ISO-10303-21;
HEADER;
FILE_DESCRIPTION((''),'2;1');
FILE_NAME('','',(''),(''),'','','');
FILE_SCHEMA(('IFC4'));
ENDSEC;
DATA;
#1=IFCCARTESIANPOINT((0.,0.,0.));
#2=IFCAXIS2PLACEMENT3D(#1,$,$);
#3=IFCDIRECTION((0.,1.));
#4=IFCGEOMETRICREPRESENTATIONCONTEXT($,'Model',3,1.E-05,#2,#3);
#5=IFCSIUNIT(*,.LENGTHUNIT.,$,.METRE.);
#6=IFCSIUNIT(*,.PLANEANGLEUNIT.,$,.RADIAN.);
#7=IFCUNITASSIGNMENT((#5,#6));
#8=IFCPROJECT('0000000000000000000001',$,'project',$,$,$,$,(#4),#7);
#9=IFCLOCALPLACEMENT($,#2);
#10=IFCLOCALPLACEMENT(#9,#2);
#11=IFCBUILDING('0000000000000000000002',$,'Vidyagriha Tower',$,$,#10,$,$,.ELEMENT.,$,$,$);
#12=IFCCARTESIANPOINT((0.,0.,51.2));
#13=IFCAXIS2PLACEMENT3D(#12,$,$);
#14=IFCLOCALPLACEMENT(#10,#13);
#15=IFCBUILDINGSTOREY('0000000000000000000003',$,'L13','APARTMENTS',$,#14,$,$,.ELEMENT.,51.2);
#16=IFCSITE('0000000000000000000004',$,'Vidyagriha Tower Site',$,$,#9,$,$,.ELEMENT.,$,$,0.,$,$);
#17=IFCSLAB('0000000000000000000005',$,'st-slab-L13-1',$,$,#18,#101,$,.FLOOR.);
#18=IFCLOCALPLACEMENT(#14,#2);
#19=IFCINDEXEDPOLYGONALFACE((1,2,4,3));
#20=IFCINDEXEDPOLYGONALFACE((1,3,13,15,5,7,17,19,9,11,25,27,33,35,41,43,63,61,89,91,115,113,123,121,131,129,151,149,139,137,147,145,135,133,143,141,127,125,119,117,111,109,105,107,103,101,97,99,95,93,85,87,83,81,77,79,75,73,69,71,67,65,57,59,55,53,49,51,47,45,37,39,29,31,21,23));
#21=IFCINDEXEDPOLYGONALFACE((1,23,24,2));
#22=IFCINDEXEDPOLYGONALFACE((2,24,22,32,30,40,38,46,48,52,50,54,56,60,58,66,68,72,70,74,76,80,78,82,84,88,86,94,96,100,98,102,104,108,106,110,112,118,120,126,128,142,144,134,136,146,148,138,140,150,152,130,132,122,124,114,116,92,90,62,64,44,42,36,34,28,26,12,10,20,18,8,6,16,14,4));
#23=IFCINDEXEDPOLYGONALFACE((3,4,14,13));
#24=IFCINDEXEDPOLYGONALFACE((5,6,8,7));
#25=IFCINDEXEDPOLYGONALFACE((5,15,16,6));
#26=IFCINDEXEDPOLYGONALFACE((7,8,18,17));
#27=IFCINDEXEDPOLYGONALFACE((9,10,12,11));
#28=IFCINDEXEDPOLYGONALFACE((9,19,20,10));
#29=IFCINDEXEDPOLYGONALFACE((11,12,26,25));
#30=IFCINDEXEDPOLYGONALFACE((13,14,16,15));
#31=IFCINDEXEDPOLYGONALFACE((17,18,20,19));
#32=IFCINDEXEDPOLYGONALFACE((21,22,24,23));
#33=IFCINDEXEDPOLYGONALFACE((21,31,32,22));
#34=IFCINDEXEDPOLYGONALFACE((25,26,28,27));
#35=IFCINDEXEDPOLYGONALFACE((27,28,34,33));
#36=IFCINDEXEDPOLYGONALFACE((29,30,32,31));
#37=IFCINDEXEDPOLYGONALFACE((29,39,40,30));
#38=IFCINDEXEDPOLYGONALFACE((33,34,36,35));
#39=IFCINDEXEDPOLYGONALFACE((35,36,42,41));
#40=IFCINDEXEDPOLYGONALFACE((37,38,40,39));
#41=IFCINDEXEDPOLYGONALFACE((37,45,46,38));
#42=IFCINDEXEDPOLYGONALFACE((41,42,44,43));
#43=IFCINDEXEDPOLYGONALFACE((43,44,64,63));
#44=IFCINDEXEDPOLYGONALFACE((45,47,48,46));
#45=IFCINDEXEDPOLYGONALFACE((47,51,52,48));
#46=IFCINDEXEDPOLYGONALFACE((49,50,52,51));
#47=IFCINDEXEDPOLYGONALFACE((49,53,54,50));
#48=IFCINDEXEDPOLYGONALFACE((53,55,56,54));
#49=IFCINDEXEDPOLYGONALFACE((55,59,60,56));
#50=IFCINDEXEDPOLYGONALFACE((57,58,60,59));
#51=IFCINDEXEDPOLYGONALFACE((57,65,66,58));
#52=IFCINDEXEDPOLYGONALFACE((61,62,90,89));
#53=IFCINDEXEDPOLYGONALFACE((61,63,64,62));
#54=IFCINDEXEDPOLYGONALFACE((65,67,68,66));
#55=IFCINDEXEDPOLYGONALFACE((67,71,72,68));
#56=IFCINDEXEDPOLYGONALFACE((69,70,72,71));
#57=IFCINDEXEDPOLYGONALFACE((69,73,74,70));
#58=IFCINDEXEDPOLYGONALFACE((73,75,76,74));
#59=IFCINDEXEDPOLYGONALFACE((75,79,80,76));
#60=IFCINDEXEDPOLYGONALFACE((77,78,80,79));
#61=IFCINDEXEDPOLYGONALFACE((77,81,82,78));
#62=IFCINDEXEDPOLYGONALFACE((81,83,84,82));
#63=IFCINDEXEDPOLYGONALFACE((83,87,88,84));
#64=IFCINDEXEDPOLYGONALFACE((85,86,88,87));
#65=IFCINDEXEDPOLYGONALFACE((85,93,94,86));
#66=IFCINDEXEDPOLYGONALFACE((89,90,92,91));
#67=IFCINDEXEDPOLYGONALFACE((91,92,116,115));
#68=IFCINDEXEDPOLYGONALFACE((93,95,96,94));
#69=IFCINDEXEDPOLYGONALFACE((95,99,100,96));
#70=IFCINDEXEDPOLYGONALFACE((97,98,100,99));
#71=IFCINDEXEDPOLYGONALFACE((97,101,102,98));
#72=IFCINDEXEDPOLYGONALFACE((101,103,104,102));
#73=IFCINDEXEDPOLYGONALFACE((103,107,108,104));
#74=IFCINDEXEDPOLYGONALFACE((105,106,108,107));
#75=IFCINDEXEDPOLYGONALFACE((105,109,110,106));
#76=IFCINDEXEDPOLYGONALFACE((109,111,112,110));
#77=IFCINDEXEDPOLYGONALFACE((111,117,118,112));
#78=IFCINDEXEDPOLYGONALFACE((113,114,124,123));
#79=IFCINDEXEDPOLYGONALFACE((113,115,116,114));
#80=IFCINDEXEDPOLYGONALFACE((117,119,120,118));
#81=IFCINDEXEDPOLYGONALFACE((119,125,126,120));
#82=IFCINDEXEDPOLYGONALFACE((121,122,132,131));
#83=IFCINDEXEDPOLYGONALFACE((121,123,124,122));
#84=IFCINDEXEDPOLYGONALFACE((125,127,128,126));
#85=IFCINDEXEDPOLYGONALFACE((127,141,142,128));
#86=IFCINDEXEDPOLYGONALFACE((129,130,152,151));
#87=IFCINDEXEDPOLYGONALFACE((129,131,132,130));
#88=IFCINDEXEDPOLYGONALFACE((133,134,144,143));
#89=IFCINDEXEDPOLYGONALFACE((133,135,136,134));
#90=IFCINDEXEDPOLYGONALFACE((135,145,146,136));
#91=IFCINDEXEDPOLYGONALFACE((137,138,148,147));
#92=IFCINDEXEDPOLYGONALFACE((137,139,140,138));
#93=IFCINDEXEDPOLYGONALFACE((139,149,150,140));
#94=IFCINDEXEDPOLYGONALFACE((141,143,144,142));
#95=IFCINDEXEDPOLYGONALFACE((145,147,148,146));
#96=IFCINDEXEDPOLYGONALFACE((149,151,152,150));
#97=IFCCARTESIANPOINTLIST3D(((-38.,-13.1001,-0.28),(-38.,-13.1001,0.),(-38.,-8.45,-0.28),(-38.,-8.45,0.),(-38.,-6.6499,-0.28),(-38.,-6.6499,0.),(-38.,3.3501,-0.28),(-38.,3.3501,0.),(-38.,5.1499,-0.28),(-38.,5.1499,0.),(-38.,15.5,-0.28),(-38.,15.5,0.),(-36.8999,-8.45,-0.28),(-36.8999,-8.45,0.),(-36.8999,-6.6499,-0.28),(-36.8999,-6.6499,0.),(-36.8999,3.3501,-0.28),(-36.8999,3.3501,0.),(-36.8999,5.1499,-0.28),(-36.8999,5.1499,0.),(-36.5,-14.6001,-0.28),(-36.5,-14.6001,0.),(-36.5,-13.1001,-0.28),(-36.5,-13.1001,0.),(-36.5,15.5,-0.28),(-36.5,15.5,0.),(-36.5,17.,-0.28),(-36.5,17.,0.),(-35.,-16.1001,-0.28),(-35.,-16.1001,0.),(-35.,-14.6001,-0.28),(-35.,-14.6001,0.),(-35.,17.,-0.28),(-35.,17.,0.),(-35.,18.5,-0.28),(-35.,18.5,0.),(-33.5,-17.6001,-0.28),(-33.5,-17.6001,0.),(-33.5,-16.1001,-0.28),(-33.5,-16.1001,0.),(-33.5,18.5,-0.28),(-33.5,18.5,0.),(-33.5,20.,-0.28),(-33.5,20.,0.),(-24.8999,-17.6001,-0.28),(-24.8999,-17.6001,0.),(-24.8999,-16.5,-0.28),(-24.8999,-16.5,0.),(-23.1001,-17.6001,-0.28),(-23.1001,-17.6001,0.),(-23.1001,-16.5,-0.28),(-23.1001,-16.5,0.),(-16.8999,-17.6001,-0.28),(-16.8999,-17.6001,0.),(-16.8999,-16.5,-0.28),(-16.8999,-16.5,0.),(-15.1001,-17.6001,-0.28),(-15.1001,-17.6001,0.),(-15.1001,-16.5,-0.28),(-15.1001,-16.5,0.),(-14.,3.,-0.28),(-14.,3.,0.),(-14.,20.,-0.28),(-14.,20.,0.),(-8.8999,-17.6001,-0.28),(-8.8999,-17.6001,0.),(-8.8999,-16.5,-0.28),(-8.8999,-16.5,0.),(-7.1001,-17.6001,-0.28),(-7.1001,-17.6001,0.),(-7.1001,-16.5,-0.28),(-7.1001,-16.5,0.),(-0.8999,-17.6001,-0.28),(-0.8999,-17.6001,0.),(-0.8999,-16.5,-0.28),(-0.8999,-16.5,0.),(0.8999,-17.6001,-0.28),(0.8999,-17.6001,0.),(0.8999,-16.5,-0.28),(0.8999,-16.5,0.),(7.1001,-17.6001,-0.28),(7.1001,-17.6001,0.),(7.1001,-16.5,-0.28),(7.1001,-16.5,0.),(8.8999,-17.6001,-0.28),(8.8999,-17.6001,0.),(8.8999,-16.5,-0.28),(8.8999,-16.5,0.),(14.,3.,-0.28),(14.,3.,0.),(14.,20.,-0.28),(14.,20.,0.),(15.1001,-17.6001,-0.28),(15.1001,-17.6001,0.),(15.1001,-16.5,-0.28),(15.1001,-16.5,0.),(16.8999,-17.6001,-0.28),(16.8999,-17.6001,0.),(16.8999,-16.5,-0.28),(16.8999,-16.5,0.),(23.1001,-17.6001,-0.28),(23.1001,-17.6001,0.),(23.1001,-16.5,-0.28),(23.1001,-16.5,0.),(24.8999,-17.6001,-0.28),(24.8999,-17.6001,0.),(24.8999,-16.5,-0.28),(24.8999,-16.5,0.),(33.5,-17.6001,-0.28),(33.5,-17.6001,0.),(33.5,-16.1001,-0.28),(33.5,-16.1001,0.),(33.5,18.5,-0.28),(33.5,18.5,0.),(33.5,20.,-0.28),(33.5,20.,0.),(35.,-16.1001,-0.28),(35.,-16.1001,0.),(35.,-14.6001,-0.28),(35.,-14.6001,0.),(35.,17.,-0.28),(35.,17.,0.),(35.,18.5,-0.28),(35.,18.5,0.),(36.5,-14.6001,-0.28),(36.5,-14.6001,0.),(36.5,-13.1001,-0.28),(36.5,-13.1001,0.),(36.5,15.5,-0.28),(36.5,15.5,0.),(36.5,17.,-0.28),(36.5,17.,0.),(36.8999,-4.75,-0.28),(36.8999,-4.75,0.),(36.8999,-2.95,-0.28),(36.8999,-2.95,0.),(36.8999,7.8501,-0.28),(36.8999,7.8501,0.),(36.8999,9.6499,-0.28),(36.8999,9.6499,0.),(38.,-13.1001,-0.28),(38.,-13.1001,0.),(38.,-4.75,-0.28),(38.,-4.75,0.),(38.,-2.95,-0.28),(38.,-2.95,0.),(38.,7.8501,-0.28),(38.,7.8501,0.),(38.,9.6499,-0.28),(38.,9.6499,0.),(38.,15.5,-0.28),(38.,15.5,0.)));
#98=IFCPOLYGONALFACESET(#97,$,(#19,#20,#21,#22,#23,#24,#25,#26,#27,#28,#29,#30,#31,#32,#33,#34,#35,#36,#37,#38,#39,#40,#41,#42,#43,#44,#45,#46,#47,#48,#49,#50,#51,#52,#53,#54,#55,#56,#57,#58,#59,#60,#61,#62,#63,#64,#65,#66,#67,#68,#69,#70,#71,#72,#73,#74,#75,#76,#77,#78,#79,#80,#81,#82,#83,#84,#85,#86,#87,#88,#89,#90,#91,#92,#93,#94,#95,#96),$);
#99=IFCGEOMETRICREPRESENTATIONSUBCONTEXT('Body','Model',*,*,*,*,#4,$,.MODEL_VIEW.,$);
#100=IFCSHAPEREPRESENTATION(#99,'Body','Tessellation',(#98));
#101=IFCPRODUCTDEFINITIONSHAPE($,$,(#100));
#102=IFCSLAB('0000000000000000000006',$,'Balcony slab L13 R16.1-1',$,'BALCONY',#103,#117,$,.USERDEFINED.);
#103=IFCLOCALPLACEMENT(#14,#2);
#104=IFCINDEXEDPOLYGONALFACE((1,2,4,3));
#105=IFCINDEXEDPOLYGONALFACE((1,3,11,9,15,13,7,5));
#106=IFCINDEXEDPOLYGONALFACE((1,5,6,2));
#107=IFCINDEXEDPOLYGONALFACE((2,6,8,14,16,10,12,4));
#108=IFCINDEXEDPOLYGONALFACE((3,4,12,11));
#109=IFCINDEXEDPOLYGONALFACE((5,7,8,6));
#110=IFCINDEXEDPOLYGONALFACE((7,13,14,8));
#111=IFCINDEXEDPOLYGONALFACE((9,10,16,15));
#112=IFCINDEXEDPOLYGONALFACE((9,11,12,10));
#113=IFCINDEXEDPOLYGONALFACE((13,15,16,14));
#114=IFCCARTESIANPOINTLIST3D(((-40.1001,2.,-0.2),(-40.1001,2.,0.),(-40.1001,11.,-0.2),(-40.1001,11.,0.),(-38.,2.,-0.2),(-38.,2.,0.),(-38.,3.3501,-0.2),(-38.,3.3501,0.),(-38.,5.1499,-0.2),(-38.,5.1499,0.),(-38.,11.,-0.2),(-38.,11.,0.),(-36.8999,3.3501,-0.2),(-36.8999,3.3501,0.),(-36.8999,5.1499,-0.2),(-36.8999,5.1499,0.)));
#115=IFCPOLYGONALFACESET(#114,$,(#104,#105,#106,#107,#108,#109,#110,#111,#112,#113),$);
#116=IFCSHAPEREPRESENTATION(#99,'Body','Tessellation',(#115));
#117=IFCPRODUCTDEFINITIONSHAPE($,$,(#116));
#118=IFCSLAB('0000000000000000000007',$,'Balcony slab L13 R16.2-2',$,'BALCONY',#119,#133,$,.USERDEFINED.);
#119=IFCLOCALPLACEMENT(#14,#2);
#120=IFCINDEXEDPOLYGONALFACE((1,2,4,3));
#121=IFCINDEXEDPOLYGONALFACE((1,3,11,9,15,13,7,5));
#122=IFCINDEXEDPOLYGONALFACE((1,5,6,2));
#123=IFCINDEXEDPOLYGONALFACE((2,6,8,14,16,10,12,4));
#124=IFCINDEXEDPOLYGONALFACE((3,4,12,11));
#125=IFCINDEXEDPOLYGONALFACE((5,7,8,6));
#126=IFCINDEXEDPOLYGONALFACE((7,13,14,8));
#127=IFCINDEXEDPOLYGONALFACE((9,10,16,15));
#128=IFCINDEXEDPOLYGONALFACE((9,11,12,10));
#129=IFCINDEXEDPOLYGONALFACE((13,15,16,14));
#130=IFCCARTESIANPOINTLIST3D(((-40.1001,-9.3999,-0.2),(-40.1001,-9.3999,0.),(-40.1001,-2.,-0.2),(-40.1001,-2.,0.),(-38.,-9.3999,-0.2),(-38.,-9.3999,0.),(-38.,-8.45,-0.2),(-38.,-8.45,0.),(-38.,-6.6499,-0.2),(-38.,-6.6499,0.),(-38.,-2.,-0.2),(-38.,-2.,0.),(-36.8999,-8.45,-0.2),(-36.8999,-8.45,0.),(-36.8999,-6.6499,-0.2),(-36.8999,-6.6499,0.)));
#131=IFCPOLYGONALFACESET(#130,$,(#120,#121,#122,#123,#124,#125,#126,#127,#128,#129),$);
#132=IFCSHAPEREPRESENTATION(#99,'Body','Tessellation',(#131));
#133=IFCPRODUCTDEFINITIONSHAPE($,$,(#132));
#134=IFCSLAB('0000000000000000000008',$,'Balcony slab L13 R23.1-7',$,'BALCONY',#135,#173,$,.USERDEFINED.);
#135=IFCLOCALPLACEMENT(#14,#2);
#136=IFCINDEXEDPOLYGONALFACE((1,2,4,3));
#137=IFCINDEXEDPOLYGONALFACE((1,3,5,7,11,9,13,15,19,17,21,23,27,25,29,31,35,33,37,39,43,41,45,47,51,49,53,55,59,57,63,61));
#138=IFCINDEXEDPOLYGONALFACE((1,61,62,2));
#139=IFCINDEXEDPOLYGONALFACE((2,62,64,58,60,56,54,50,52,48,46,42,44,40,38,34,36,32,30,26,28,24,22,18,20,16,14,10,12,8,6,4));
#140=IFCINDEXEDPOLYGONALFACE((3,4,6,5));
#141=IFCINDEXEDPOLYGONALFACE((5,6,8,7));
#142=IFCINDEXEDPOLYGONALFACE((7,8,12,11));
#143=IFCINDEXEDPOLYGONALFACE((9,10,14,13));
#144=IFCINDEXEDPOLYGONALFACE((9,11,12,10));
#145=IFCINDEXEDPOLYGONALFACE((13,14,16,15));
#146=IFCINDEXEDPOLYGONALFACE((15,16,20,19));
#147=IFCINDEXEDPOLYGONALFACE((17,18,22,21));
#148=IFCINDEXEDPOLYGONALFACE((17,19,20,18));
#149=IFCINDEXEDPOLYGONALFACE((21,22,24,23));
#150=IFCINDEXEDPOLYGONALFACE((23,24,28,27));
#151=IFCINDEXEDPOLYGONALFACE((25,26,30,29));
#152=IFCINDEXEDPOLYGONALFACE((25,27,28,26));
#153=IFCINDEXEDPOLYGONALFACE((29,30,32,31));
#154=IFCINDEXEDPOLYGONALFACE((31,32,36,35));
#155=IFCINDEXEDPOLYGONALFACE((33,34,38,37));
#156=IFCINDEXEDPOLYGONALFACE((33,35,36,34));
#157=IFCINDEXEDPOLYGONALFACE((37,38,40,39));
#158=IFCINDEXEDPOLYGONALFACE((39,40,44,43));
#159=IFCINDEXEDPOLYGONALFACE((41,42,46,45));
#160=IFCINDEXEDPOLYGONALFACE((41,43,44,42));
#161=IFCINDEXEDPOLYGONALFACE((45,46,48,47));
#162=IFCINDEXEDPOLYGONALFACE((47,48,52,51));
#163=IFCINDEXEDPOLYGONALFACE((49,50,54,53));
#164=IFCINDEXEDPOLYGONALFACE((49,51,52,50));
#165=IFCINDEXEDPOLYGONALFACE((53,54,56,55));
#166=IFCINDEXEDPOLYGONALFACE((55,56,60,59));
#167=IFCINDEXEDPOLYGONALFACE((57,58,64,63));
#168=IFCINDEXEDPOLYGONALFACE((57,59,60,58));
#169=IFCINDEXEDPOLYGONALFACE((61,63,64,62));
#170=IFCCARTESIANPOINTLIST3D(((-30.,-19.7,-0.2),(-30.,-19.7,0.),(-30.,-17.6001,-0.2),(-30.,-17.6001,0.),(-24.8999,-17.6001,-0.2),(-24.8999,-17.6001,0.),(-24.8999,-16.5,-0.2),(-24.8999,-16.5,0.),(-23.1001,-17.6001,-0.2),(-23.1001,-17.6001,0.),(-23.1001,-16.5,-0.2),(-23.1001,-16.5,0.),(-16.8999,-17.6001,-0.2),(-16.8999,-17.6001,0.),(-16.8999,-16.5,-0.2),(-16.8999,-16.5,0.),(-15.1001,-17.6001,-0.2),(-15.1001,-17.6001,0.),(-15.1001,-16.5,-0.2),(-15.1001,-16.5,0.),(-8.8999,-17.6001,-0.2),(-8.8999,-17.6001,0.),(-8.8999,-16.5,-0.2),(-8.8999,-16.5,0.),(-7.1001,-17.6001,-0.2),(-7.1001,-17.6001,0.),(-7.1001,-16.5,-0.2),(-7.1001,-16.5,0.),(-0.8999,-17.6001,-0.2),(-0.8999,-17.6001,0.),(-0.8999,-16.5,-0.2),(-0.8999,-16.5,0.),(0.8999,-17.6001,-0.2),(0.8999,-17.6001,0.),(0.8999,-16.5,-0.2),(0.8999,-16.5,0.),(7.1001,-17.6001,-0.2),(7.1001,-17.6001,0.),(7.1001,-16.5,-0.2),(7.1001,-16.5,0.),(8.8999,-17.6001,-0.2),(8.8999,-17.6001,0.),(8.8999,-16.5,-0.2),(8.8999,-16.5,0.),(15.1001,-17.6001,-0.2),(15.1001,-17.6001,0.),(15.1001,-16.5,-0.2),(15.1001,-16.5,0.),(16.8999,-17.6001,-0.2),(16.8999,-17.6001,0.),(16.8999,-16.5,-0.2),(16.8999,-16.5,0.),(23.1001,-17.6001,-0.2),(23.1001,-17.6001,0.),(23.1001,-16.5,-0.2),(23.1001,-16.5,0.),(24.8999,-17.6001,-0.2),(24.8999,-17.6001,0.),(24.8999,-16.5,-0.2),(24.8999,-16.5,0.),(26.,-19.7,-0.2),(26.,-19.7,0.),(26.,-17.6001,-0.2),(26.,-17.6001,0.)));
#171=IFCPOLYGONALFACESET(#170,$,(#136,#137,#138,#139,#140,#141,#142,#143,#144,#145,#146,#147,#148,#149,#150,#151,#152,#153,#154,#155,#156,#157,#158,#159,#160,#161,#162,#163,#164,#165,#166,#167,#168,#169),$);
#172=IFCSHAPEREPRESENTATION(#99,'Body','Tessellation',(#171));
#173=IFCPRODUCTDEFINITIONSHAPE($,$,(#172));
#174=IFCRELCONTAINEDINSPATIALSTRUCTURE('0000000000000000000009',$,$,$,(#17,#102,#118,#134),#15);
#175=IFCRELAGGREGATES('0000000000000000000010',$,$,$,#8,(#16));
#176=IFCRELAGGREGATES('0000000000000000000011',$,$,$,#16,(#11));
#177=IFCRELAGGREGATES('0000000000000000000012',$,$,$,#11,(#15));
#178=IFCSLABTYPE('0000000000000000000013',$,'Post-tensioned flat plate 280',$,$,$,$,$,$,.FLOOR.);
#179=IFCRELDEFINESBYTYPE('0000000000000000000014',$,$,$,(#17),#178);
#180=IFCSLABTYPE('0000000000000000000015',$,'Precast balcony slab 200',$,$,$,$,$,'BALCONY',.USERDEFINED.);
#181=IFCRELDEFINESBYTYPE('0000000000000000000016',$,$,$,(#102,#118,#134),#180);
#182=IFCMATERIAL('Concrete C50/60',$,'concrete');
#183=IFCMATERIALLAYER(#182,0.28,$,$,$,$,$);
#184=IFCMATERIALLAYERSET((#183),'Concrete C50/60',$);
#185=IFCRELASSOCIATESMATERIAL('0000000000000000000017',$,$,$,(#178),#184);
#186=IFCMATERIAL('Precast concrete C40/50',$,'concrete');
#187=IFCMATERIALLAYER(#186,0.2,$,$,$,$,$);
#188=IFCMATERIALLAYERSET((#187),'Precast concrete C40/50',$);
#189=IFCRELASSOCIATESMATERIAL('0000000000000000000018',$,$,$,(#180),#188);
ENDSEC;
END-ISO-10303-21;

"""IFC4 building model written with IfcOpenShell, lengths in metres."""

from ifc_helpers import new_model, si_unit, direction, frame, origin, place, context, subcontext, project, spatial, polyline, outline, extrude, material, layer, layer_set, type_object, element, save


model = new_model("IFC4")

# Units and contexts
model_context = context("Model", 3, precision=1e-05, world=origin(), true_north=direction((0.0, 1.0)))
body_context = subcontext(model_context, "Body", "Model", "MODEL_VIEW")
ifc_project = project(units=[si_unit("LENGTHUNIT", "METRE"), si_unit("PLANEANGLEUNIT", "RADIAN")], contexts=[model_context])

# Site, building, storey
site_placement = place(None, origin())
site = spatial("IfcSite", under=ifc_project, at=site_placement, Name="Vidyagriha Tower Site", CompositionType="ELEMENT", RefElevation=0.0)
building_placement = place(site_placement, origin())
building = spatial("IfcBuilding", under=site, at=building_placement, Name="Vidyagriha Tower", CompositionType="ELEMENT")
storey_placement = place(building_placement, frame((0.0, 0.0, 51.2)))
storey = spatial("IfcBuildingStorey", under=building, at=storey_placement, Name="L13", Description="APARTMENTS", CompositionType="ELEMENT", Elevation=51.2)

# Slabs
ifc_material_1 = material(Name="Concrete C50/60", Category="concrete")
ifc_layer_1 = layer(ifc_material_1, 0.28)
ifc_layer_set_1 = layer_set([ifc_layer_1], Name="Concrete C50/60")
slab_type_1 = type_object("IfcSlabType", Name="Post-tensioned flat plate 280", PredefinedType="FLOOR", material=ifc_layer_set_1)
slab_1_placement = place(storey_placement, frame((0.0, 0.0, -0.28)))
element("IfcSlab", 1, at=slab_1_placement, inside=storey, type_object=slab_type_1, Name="st-slab-L13-1", PredefinedType="FLOOR", context=body_context, shape_type="SweptSolid", body=[
    extrude(outline(polyline([(36.5, -14.6001), (35.0, -14.6001), (35.0, -16.1001), (33.5, -16.1001), (33.5, -17.6001), (24.8999, -17.6001), (24.8999, -16.5), (23.1001, -16.5), (23.1001, -17.6001), (16.8999, -17.6001), (16.8999, -16.5), (15.1001, -16.5), (15.1001, -17.6001), (8.8999, -17.6001), (8.8999, -16.5), (7.1001, -16.5), (7.1001, -17.6001), (0.8999, -17.6001), (0.8999, -16.5), (-0.8999, -16.5), (-0.8999, -17.6001), (-7.1001, -17.6001), (-7.1001, -16.5), (-8.8999, -16.5), (-8.8999, -17.6001), (-15.1001, -17.6001), (-15.1001, -16.5), (-16.8999, -16.5), (-16.8999, -17.6001), (-23.1001, -17.6001), (-23.1001, -16.5), (-24.8999, -16.5), (-24.8999, -17.6001), (-33.5, -17.6001), (-33.5, -16.1001), (-35.0, -16.1001), (-35.0, -14.6001), (-36.5, -14.6001), (-36.5, -13.1001), (-38.0, -13.1001), (-38.0, -8.45), (-36.8999, -8.45), (-36.8999, -6.6499), (-38.0, -6.6499), (-38.0, 3.3501), (-36.8999, 3.3501), (-36.8999, 5.1499), (-38.0, 5.1499), (-38.0, 15.5), (-36.5, 15.5), (-36.5, 17.0), (-35.0, 17.0), (-35.0, 18.5), (-33.5, 18.5), (-33.5, 20.0), (-14.0, 20.0), (-14.0, 3.0), (14.0, 3.0), (14.0, 20.0), (33.5, 20.0), (33.5, 18.5), (35.0, 18.5), (35.0, 17.0), (36.5, 17.0), (36.5, 15.5), (38.0, 15.5), (38.0, 9.6499), (36.8999, 9.6499), (36.8999, 7.8501), (38.0, 7.8501), (38.0, -2.95), (36.8999, -2.95), (36.8999, -4.75), (38.0, -4.75), (38.0, -13.1001), (36.5, -13.1001), (36.5, -14.6001)])), origin(), (0.0, 0.0, 1.0), 0.28),
])
ifc_material_2 = material(Name="Precast concrete C40/50", Category="concrete")
ifc_layer_2 = layer(ifc_material_2, 0.2)
ifc_layer_set_2 = layer_set([ifc_layer_2], Name="Precast concrete C40/50")
slab_type_2 = type_object("IfcSlabType", Name="Precast balcony slab 200", ElementType="BALCONY", PredefinedType="USERDEFINED", material=ifc_layer_set_2)
slab_2_placement = place(storey_placement, frame((0.0, 0.0, -0.2)))
element("IfcSlab", 2, at=slab_2_placement, inside=storey, type_object=slab_type_2, Name="Balcony slab L13 R16.1-1", ObjectType="BALCONY", PredefinedType="USERDEFINED", context=body_context, shape_type="SweptSolid", body=[
    extrude(outline(polyline([(-36.8999, 3.3501), (-36.8999, 5.1499), (-38.0, 5.1499), (-38.0, 11.0), (-40.1001, 11.0), (-40.1001, 2.0), (-38.0, 2.0), (-38.0, 3.3501), (-36.8999, 3.3501)])), origin(), (0.0, 0.0, 1.0), 0.2),
])
slab_3_placement = place(storey_placement, frame((0.0, 0.0, -0.2)))
element("IfcSlab", 3, at=slab_3_placement, inside=storey, type_object=slab_type_2, Name="Balcony slab L13 R16.2-2", ObjectType="BALCONY", PredefinedType="USERDEFINED", context=body_context, shape_type="SweptSolid", body=[
    extrude(outline(polyline([(-36.8999, -8.45), (-36.8999, -6.6499), (-38.0, -6.6499), (-38.0, -2.0), (-40.1001, -2.0), (-40.1001, -9.3999), (-38.0, -9.3999), (-38.0, -8.45), (-36.8999, -8.45)])), origin(), (0.0, 0.0, 1.0), 0.2),
])
slab_4_placement = place(storey_placement, frame((0.0, 0.0, -0.2)))
element("IfcSlab", 4, at=slab_4_placement, inside=storey, type_object=slab_type_2, Name="Balcony slab L13 R23.1-7", ObjectType="BALCONY", PredefinedType="USERDEFINED", context=body_context, shape_type="SweptSolid", body=[
    extrude(outline(polyline([(-23.1001, -16.5), (-24.8999, -16.5), (-24.8999, -17.6001), (-30.0, -17.6001), (-30.0, -19.7), (26.0, -19.7), (26.0, -17.6001), (24.8999, -17.6001), (24.8999, -16.5), (23.1001, -16.5), (23.1001, -17.6001), (16.8999, -17.6001), (16.8999, -16.5), (15.1001, -16.5), (15.1001, -17.6001), (8.8999, -17.6001), (8.8999, -16.5), (7.1001, -16.5), (7.1001, -17.6001), (0.8999, -17.6001), (0.8999, -16.5), (-0.8999, -16.5), (-0.8999, -17.6001), (-7.1001, -17.6001), (-7.1001, -16.5), (-8.8999, -16.5), (-8.8999, -17.6001), (-15.1001, -17.6001), (-15.1001, -16.5), (-16.8999, -16.5), (-16.8999, -17.6001), (-23.1001, -17.6001), (-23.1001, -16.5)])), origin(), (0.0, 0.0, 1.0), 0.2),
])

save(model, "model.ifc")
